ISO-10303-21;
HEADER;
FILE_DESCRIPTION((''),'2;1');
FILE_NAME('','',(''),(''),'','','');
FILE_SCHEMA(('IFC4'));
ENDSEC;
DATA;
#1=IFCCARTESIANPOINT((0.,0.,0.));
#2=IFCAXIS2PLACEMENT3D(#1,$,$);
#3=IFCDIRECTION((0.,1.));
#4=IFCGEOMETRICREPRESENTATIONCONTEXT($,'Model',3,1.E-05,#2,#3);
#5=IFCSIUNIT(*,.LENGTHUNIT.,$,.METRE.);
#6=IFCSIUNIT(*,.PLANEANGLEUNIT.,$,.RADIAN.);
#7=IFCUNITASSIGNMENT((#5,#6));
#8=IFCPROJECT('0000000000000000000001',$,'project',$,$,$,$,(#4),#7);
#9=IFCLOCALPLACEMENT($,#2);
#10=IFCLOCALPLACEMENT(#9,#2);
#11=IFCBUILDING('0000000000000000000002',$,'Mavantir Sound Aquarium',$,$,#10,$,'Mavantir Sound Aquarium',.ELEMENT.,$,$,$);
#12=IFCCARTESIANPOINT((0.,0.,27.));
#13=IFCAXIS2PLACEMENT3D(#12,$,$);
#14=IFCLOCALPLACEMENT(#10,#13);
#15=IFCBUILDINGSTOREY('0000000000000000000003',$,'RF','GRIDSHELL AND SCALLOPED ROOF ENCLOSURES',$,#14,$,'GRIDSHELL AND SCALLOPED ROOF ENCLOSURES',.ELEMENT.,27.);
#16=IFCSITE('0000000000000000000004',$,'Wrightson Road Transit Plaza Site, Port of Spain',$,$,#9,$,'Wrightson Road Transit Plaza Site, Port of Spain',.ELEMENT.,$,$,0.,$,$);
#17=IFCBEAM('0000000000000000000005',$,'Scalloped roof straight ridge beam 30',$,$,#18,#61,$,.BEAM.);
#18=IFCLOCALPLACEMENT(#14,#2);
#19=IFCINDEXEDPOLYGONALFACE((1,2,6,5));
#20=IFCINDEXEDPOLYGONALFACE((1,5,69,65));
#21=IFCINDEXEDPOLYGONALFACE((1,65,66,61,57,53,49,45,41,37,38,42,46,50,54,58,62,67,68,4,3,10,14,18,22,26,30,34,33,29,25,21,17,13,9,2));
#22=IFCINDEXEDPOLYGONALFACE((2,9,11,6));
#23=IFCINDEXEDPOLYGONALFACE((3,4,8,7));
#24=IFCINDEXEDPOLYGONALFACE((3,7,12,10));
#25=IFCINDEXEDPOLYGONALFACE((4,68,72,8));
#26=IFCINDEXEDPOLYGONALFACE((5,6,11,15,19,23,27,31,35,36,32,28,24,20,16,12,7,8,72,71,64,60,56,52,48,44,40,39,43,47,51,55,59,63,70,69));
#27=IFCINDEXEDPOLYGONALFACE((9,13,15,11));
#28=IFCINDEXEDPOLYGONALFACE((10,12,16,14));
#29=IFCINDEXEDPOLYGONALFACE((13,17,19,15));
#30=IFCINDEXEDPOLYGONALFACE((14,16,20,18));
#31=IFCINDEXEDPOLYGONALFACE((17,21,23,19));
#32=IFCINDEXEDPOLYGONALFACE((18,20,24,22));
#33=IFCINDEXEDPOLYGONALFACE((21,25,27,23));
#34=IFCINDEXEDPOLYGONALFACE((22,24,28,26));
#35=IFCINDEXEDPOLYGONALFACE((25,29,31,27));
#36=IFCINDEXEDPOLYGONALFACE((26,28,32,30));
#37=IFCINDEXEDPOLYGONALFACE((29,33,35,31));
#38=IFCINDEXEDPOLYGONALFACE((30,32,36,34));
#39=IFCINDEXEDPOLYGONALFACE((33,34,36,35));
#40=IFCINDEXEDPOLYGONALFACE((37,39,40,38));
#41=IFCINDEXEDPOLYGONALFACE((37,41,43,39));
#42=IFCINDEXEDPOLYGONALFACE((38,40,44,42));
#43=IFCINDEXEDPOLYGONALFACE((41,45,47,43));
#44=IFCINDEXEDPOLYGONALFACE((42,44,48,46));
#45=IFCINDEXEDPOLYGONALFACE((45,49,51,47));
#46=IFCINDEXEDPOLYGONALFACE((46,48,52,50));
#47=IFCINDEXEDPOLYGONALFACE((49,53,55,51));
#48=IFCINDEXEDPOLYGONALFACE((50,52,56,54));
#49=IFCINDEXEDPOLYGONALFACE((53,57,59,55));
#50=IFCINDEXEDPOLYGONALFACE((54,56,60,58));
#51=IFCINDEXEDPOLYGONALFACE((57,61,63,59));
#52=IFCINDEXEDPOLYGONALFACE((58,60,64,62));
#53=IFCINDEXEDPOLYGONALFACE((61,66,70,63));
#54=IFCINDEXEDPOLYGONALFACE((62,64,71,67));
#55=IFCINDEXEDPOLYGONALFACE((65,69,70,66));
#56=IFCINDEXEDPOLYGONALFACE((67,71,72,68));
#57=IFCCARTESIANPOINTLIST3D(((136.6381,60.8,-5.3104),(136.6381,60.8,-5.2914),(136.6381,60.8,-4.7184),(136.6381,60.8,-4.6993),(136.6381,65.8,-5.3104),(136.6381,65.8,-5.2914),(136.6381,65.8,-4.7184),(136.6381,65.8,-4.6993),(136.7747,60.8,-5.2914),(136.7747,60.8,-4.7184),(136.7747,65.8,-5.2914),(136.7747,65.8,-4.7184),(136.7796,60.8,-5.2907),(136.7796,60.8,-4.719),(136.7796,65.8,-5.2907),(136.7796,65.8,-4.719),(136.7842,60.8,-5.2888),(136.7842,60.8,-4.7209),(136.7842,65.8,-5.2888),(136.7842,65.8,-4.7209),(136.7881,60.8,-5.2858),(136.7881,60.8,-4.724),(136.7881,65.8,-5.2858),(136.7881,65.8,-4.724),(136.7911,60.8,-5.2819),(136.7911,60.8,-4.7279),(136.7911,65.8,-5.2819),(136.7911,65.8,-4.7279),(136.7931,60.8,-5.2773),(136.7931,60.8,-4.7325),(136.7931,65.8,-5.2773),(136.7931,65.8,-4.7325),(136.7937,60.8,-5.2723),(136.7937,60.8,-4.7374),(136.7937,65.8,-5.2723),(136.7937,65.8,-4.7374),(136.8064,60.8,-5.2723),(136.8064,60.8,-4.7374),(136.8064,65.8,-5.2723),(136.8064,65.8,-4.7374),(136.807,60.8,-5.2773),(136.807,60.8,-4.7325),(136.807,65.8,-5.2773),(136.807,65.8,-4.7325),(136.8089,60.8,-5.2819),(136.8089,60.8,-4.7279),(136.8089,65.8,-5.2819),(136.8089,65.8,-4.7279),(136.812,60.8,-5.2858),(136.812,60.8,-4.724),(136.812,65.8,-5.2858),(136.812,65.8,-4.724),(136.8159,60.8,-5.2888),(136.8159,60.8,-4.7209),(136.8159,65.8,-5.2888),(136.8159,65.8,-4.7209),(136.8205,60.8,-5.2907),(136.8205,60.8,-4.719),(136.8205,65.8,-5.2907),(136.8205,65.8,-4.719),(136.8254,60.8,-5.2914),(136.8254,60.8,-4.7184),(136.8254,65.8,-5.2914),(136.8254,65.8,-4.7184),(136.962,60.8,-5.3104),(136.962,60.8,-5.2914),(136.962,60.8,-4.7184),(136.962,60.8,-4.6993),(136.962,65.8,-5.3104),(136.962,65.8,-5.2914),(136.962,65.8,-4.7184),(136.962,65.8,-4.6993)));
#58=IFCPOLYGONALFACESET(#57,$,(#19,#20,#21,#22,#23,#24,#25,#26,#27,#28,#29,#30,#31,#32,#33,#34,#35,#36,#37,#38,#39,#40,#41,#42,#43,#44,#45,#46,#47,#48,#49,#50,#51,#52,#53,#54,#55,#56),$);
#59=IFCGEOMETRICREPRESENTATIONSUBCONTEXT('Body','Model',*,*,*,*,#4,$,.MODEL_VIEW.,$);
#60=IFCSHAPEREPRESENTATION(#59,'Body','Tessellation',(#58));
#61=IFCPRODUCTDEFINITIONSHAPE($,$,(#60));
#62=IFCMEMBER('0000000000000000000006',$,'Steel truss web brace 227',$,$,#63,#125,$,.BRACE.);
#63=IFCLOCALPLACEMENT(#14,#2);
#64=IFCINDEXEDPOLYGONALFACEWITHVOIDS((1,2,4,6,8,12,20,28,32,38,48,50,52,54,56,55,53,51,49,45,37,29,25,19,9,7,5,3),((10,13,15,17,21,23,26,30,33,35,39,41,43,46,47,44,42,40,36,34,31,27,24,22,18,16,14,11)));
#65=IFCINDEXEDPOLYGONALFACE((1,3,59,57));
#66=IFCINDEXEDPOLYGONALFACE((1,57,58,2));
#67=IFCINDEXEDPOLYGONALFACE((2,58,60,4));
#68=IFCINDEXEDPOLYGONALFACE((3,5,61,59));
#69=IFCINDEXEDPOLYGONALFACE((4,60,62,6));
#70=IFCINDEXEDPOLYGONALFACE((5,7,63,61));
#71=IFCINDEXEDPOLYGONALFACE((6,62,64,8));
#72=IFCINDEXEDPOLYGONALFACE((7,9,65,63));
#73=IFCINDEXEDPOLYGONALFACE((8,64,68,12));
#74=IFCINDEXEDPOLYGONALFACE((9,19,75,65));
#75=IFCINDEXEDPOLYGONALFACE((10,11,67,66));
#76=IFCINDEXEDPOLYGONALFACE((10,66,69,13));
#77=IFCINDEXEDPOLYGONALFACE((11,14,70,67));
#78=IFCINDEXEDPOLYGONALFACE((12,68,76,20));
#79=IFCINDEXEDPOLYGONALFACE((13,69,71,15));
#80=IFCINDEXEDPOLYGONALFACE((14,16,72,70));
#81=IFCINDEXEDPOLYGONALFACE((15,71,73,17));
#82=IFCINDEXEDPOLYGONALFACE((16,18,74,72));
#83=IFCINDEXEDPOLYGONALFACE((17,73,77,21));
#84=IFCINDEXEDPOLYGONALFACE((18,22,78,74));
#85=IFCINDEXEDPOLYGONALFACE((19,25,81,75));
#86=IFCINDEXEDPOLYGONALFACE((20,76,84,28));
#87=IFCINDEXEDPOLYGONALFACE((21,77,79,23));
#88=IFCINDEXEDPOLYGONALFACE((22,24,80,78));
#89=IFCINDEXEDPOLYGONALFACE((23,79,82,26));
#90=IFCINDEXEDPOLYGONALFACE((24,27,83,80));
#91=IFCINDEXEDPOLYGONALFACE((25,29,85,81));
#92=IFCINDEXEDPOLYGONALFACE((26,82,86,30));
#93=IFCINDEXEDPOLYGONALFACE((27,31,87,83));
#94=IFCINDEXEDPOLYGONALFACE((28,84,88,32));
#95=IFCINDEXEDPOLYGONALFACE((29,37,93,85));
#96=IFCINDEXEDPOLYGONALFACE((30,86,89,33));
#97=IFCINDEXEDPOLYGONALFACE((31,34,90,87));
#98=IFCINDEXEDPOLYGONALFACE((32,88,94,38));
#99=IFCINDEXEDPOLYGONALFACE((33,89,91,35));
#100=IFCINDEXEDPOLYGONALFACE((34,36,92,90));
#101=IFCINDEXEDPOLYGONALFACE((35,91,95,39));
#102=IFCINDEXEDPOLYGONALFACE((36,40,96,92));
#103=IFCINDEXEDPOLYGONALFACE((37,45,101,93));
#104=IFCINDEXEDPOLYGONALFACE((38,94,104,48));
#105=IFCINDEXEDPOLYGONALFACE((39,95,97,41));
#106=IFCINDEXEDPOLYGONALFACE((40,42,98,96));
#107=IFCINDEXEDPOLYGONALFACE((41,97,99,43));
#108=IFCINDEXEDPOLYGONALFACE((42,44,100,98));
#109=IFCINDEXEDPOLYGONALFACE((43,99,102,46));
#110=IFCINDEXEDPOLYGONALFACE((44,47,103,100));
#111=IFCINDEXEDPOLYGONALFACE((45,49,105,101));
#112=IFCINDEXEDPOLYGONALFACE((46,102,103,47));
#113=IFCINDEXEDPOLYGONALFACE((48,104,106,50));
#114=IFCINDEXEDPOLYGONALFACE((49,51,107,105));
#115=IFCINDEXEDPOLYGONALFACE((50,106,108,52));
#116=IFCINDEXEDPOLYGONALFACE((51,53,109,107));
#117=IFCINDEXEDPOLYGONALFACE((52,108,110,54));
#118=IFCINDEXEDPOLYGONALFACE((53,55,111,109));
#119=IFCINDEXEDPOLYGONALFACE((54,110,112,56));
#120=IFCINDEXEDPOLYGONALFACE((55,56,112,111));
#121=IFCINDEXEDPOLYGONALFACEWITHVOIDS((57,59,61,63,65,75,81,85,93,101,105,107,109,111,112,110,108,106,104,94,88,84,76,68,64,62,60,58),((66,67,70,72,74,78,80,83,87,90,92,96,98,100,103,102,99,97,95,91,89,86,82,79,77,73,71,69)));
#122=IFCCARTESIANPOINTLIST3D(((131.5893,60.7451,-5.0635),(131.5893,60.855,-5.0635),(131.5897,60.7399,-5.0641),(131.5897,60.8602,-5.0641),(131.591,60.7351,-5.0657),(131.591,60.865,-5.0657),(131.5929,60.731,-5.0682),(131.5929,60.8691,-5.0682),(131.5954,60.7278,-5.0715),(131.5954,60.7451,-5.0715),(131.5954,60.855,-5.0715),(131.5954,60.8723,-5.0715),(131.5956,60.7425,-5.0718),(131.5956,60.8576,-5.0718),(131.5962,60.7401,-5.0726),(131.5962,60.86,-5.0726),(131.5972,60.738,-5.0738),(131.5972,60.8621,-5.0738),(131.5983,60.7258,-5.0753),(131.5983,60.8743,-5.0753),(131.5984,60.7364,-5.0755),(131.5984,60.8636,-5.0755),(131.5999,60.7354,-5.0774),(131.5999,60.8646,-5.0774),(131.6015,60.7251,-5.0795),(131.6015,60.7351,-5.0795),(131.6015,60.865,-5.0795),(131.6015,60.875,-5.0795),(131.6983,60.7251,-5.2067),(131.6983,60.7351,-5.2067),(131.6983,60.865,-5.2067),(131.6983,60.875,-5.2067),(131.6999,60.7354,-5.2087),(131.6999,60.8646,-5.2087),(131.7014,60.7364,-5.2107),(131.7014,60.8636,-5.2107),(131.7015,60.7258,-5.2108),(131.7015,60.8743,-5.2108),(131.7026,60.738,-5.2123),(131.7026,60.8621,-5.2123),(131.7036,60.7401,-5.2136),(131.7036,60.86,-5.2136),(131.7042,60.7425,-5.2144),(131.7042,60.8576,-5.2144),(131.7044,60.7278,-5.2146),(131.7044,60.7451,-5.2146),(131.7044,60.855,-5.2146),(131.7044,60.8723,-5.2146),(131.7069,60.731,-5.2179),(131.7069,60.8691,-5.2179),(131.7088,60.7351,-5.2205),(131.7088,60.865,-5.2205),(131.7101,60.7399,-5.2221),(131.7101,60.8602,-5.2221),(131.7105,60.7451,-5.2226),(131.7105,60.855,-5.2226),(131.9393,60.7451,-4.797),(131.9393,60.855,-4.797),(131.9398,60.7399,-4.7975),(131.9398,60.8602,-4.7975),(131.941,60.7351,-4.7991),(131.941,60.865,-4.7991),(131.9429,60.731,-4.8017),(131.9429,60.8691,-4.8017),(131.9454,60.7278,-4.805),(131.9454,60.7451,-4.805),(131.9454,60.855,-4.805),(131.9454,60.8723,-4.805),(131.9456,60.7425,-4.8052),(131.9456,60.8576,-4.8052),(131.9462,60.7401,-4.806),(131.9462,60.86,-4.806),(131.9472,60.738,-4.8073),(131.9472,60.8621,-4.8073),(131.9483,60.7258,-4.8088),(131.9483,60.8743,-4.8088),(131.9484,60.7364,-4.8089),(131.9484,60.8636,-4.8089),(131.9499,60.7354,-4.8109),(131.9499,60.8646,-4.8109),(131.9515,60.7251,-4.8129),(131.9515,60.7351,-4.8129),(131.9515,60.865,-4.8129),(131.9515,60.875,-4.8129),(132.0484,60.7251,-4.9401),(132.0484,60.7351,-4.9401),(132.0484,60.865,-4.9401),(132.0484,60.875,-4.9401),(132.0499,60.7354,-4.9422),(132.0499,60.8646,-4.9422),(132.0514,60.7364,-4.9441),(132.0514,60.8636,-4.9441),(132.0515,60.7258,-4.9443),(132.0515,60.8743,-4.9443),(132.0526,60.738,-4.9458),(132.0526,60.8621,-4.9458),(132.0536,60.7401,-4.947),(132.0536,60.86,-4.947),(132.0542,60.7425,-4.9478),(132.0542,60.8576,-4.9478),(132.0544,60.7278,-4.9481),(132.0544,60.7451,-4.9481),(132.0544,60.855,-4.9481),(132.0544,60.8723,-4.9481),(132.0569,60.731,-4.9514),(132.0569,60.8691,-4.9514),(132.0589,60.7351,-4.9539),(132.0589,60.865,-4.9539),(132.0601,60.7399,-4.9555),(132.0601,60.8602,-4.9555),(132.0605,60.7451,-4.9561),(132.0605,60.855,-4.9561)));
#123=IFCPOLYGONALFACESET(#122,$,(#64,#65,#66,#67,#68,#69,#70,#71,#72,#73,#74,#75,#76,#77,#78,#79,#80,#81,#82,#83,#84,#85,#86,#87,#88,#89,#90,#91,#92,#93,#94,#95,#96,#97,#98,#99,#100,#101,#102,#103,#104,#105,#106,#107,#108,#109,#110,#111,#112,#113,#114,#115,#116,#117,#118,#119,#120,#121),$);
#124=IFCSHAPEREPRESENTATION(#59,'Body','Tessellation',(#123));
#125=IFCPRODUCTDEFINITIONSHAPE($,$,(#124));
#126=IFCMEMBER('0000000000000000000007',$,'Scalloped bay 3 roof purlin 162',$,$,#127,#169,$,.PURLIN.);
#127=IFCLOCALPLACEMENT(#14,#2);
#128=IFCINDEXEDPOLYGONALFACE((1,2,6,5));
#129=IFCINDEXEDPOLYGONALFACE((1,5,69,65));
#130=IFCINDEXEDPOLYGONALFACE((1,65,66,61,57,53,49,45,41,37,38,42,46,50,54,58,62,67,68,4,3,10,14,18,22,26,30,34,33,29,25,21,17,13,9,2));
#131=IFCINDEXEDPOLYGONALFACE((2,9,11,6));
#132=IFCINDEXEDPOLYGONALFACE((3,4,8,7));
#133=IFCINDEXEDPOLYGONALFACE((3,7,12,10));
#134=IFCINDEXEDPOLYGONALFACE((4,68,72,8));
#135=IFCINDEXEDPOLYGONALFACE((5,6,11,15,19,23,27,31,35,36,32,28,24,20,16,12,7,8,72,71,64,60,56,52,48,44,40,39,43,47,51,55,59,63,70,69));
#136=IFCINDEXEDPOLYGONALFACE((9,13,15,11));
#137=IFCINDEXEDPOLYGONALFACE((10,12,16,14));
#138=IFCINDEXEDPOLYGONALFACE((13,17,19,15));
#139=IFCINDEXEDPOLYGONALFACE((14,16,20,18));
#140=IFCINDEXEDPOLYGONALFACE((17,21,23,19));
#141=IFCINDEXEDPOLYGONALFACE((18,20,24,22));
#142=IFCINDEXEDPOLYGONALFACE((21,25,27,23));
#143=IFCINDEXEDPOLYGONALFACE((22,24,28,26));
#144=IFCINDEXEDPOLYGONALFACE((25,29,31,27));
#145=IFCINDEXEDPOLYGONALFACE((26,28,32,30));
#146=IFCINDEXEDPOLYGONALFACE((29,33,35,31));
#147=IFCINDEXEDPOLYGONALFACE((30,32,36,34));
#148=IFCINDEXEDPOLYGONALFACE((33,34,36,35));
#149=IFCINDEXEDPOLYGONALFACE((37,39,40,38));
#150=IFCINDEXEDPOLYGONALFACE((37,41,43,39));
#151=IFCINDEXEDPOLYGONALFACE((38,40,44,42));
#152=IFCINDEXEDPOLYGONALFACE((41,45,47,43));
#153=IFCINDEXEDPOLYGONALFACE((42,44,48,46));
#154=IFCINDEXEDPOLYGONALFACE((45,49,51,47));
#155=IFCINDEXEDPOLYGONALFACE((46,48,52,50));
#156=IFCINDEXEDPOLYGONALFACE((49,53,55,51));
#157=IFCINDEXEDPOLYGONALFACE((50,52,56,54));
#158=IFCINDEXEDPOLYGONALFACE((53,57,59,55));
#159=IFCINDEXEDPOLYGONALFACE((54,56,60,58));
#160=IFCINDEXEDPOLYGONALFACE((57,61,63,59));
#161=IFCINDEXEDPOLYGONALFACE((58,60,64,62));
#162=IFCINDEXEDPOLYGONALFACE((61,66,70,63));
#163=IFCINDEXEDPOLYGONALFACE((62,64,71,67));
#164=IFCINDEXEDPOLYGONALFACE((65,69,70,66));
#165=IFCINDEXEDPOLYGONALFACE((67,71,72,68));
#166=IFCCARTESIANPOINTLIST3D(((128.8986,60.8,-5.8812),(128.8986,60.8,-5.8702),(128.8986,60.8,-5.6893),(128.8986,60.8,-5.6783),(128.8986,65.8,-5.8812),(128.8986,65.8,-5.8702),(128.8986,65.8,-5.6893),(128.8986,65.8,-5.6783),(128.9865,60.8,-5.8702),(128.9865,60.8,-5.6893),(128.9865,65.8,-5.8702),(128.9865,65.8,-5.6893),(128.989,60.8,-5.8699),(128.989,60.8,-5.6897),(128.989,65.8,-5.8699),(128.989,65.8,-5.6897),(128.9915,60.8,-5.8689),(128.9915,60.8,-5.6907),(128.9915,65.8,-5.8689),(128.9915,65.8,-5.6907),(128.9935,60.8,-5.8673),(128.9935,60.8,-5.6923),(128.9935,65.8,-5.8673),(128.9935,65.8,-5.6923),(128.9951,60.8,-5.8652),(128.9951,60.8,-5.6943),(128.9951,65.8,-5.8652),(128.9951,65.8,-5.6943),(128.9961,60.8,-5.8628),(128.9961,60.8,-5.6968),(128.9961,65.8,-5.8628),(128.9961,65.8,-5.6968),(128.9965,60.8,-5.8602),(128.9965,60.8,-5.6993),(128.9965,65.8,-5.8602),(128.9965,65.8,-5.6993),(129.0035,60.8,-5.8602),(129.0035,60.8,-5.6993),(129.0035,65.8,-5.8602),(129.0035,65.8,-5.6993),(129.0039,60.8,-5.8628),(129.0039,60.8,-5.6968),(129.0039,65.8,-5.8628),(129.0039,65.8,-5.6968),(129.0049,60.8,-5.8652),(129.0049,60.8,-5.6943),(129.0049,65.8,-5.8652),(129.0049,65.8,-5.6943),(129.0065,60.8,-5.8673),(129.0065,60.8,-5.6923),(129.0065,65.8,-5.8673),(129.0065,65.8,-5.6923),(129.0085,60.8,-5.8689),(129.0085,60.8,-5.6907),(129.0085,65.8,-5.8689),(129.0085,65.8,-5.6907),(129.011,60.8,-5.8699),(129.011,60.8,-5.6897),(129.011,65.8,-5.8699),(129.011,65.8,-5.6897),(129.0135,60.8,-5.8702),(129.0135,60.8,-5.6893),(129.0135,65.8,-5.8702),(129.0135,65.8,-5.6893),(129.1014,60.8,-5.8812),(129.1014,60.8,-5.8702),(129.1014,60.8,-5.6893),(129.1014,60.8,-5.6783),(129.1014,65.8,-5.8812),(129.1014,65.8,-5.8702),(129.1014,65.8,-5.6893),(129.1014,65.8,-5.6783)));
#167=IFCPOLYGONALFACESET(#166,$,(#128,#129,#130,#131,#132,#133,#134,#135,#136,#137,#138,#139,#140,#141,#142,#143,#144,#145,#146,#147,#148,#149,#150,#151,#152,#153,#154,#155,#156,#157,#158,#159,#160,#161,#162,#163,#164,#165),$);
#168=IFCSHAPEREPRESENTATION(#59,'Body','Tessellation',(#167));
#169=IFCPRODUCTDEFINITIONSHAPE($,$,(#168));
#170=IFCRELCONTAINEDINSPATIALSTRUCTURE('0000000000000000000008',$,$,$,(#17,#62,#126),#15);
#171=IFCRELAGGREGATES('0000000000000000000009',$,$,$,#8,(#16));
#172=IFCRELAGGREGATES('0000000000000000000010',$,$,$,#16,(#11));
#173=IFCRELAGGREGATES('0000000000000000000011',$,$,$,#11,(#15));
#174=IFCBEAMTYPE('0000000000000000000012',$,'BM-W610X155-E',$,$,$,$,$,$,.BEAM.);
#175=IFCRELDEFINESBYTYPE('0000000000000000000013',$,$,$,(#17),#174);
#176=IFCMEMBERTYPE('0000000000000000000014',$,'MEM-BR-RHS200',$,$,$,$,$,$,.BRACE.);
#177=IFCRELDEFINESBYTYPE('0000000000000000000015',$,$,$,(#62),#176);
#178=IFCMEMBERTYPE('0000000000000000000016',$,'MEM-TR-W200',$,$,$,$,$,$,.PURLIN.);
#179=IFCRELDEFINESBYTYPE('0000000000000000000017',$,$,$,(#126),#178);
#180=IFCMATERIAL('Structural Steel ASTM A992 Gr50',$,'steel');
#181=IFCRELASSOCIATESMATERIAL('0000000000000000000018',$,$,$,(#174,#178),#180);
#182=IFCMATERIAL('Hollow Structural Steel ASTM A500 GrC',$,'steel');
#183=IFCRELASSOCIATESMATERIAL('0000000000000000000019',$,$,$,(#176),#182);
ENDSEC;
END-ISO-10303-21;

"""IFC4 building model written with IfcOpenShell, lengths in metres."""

from ifc_helpers import new_model, si_unit, direction, frame, origin, origin_2d, place, context, subcontext, project, spatial, hollow_rectangle, i_section, extrude, material, material_profile, profile_set, type_object, element, save


model = new_model("IFC4")

# Units and contexts
model_context = context("Model", 3, precision=1e-05, world=origin(), true_north=direction((0.0, 1.0)))
body_context = subcontext(model_context, "Body", "Model", "MODEL_VIEW")
ifc_project = project(units=[si_unit("LENGTHUNIT", "METRE"), si_unit("PLANEANGLEUNIT", "RADIAN")], contexts=[model_context])

# Site, building, storey
site_placement = place(None, origin())
site = spatial("IfcSite", under=ifc_project, at=site_placement, Name="Wrightson Road Transit Plaza Site, Port of Spain", LongName="Wrightson Road Transit Plaza Site, Port of Spain", CompositionType="ELEMENT", RefElevation=0.0)
building_placement = place(site_placement, origin())
building = spatial("IfcBuilding", under=site, at=building_placement, Name="Mavantir Sound Aquarium", LongName="Mavantir Sound Aquarium", CompositionType="ELEMENT")
storey_placement = place(building_placement, frame((0.0, 0.0, 27.0)))
storey = spatial("IfcBuildingStorey", under=building, at=storey_placement, Name="RF", Description="GRIDSHELL AND SCALLOPED ROOF ENCLOSURES", LongName="GRIDSHELL AND SCALLOPED ROOF ENCLOSURES", CompositionType="ELEMENT", Elevation=27.0)

# Beam
ifc_material_1 = material(Name="Structural Steel ASTM A992 Gr50", Category="steel")
ifc_material_profile_1 = material_profile(ifc_material_1, i_section(OverallWidth=0.324, OverallDepth=0.6111, WebThickness=0.0127, FlangeThickness=0.019, FilletRadius=0.019, at=origin_2d()), Name="W610X155")
ifc_profile_set_1 = profile_set([ifc_material_profile_1], Name="Structural Steel ASTM A992 Gr50")
beam_type_1 = type_object("IfcBeamType", Name="BM-W610X155-E", PredefinedType="BEAM", material=ifc_profile_set_1)
for number, where, z_axis, x_axis, name in (
    (1, (136.8, 60.8, -5.0049), (0.0, 1.0, 0.0), (-1.0, 0.0, 0.0), "Scalloped roof straight ridge beam 30"),
):
    element("IfcBeam", number, at=place(storey_placement, frame(where, z_axis=z_axis, x_axis=x_axis)), inside=storey, type_object=beam_type_1, Name=name, PredefinedType="BEAM", context=body_context, shape_type="SweptSolid", body=[
        extrude(i_section(OverallWidth=0.324, OverallDepth=0.6111, WebThickness=0.0127, FlangeThickness=0.019, FilletRadius=0.019, at=origin_2d()), origin(), (0.0, 0.0, 1.0), 5.0),
    ])

# Members
ifc_material_2 = material(Name="Hollow Structural Steel ASTM A500 GrC", Category="steel")
ifc_material_profile_2 = material_profile(ifc_material_2, hollow_rectangle(XDim=0.1499, YDim=0.2, WallThickness=0.01, InnerFilletRadius=0.01, OuterFilletRadius=0.02, at=origin_2d()), Name="RHS 200X150X10")
ifc_profile_set_2 = profile_set([ifc_material_profile_2], Name="Hollow Structural Steel ASTM A500 GrC")
member_type_1 = type_object("IfcMemberType", Name="MEM-BR-RHS200", PredefinedType="BRACE", material=ifc_profile_set_2)
member_1_placement = place(storey_placement, frame((131.6499, 60.8, -5.1431), z_axis=(0.795585, 0.0, 0.605843), x_axis=(0.0, 1.0, 0.0)))
element("IfcMember", 2, at=member_1_placement, inside=storey, type_object=member_type_1, Name="Steel truss web brace 227", PredefinedType="BRACE", context=body_context, shape_type="SweptSolid", body=[
    extrude(hollow_rectangle(XDim=0.1499, YDim=0.2, WallThickness=0.01, InnerFilletRadius=0.01, OuterFilletRadius=0.02, at=origin_2d()), origin(), (0.0, 0.0, 1.0), 0.4399),
])
ifc_material_profile_3 = material_profile(ifc_material_1, i_section(OverallWidth=0.2029, OverallDepth=0.2029, WebThickness=0.0071, FlangeThickness=0.011, FilletRadius=0.01, at=origin_2d()), Name="W200X46")
ifc_profile_set_3 = profile_set([ifc_material_profile_3], Name="Structural Steel ASTM A992 Gr50")
member_type_2 = type_object("IfcMemberType", Name="MEM-TR-W200", PredefinedType="PURLIN", material=ifc_profile_set_3)
for number, where, z_axis, x_axis, name in (
    (3, (129.0, 60.8, -5.7798), (0.0, 1.0, 0.0), (-1.0, 0.0, 0.0), "Scalloped bay 3 roof purlin 162"),
):
    element("IfcMember", number, at=place(storey_placement, frame(where, z_axis=z_axis, x_axis=x_axis)), inside=storey, type_object=member_type_2, Name=name, PredefinedType="PURLIN", context=body_context, shape_type="SweptSolid", body=[
        extrude(i_section(OverallWidth=0.2029, OverallDepth=0.2029, WebThickness=0.0071, FlangeThickness=0.011, FilletRadius=0.01, at=origin_2d()), origin(), (0.0, 0.0, 1.0), 5.0),
    ])

save(model, "model.ifc")
